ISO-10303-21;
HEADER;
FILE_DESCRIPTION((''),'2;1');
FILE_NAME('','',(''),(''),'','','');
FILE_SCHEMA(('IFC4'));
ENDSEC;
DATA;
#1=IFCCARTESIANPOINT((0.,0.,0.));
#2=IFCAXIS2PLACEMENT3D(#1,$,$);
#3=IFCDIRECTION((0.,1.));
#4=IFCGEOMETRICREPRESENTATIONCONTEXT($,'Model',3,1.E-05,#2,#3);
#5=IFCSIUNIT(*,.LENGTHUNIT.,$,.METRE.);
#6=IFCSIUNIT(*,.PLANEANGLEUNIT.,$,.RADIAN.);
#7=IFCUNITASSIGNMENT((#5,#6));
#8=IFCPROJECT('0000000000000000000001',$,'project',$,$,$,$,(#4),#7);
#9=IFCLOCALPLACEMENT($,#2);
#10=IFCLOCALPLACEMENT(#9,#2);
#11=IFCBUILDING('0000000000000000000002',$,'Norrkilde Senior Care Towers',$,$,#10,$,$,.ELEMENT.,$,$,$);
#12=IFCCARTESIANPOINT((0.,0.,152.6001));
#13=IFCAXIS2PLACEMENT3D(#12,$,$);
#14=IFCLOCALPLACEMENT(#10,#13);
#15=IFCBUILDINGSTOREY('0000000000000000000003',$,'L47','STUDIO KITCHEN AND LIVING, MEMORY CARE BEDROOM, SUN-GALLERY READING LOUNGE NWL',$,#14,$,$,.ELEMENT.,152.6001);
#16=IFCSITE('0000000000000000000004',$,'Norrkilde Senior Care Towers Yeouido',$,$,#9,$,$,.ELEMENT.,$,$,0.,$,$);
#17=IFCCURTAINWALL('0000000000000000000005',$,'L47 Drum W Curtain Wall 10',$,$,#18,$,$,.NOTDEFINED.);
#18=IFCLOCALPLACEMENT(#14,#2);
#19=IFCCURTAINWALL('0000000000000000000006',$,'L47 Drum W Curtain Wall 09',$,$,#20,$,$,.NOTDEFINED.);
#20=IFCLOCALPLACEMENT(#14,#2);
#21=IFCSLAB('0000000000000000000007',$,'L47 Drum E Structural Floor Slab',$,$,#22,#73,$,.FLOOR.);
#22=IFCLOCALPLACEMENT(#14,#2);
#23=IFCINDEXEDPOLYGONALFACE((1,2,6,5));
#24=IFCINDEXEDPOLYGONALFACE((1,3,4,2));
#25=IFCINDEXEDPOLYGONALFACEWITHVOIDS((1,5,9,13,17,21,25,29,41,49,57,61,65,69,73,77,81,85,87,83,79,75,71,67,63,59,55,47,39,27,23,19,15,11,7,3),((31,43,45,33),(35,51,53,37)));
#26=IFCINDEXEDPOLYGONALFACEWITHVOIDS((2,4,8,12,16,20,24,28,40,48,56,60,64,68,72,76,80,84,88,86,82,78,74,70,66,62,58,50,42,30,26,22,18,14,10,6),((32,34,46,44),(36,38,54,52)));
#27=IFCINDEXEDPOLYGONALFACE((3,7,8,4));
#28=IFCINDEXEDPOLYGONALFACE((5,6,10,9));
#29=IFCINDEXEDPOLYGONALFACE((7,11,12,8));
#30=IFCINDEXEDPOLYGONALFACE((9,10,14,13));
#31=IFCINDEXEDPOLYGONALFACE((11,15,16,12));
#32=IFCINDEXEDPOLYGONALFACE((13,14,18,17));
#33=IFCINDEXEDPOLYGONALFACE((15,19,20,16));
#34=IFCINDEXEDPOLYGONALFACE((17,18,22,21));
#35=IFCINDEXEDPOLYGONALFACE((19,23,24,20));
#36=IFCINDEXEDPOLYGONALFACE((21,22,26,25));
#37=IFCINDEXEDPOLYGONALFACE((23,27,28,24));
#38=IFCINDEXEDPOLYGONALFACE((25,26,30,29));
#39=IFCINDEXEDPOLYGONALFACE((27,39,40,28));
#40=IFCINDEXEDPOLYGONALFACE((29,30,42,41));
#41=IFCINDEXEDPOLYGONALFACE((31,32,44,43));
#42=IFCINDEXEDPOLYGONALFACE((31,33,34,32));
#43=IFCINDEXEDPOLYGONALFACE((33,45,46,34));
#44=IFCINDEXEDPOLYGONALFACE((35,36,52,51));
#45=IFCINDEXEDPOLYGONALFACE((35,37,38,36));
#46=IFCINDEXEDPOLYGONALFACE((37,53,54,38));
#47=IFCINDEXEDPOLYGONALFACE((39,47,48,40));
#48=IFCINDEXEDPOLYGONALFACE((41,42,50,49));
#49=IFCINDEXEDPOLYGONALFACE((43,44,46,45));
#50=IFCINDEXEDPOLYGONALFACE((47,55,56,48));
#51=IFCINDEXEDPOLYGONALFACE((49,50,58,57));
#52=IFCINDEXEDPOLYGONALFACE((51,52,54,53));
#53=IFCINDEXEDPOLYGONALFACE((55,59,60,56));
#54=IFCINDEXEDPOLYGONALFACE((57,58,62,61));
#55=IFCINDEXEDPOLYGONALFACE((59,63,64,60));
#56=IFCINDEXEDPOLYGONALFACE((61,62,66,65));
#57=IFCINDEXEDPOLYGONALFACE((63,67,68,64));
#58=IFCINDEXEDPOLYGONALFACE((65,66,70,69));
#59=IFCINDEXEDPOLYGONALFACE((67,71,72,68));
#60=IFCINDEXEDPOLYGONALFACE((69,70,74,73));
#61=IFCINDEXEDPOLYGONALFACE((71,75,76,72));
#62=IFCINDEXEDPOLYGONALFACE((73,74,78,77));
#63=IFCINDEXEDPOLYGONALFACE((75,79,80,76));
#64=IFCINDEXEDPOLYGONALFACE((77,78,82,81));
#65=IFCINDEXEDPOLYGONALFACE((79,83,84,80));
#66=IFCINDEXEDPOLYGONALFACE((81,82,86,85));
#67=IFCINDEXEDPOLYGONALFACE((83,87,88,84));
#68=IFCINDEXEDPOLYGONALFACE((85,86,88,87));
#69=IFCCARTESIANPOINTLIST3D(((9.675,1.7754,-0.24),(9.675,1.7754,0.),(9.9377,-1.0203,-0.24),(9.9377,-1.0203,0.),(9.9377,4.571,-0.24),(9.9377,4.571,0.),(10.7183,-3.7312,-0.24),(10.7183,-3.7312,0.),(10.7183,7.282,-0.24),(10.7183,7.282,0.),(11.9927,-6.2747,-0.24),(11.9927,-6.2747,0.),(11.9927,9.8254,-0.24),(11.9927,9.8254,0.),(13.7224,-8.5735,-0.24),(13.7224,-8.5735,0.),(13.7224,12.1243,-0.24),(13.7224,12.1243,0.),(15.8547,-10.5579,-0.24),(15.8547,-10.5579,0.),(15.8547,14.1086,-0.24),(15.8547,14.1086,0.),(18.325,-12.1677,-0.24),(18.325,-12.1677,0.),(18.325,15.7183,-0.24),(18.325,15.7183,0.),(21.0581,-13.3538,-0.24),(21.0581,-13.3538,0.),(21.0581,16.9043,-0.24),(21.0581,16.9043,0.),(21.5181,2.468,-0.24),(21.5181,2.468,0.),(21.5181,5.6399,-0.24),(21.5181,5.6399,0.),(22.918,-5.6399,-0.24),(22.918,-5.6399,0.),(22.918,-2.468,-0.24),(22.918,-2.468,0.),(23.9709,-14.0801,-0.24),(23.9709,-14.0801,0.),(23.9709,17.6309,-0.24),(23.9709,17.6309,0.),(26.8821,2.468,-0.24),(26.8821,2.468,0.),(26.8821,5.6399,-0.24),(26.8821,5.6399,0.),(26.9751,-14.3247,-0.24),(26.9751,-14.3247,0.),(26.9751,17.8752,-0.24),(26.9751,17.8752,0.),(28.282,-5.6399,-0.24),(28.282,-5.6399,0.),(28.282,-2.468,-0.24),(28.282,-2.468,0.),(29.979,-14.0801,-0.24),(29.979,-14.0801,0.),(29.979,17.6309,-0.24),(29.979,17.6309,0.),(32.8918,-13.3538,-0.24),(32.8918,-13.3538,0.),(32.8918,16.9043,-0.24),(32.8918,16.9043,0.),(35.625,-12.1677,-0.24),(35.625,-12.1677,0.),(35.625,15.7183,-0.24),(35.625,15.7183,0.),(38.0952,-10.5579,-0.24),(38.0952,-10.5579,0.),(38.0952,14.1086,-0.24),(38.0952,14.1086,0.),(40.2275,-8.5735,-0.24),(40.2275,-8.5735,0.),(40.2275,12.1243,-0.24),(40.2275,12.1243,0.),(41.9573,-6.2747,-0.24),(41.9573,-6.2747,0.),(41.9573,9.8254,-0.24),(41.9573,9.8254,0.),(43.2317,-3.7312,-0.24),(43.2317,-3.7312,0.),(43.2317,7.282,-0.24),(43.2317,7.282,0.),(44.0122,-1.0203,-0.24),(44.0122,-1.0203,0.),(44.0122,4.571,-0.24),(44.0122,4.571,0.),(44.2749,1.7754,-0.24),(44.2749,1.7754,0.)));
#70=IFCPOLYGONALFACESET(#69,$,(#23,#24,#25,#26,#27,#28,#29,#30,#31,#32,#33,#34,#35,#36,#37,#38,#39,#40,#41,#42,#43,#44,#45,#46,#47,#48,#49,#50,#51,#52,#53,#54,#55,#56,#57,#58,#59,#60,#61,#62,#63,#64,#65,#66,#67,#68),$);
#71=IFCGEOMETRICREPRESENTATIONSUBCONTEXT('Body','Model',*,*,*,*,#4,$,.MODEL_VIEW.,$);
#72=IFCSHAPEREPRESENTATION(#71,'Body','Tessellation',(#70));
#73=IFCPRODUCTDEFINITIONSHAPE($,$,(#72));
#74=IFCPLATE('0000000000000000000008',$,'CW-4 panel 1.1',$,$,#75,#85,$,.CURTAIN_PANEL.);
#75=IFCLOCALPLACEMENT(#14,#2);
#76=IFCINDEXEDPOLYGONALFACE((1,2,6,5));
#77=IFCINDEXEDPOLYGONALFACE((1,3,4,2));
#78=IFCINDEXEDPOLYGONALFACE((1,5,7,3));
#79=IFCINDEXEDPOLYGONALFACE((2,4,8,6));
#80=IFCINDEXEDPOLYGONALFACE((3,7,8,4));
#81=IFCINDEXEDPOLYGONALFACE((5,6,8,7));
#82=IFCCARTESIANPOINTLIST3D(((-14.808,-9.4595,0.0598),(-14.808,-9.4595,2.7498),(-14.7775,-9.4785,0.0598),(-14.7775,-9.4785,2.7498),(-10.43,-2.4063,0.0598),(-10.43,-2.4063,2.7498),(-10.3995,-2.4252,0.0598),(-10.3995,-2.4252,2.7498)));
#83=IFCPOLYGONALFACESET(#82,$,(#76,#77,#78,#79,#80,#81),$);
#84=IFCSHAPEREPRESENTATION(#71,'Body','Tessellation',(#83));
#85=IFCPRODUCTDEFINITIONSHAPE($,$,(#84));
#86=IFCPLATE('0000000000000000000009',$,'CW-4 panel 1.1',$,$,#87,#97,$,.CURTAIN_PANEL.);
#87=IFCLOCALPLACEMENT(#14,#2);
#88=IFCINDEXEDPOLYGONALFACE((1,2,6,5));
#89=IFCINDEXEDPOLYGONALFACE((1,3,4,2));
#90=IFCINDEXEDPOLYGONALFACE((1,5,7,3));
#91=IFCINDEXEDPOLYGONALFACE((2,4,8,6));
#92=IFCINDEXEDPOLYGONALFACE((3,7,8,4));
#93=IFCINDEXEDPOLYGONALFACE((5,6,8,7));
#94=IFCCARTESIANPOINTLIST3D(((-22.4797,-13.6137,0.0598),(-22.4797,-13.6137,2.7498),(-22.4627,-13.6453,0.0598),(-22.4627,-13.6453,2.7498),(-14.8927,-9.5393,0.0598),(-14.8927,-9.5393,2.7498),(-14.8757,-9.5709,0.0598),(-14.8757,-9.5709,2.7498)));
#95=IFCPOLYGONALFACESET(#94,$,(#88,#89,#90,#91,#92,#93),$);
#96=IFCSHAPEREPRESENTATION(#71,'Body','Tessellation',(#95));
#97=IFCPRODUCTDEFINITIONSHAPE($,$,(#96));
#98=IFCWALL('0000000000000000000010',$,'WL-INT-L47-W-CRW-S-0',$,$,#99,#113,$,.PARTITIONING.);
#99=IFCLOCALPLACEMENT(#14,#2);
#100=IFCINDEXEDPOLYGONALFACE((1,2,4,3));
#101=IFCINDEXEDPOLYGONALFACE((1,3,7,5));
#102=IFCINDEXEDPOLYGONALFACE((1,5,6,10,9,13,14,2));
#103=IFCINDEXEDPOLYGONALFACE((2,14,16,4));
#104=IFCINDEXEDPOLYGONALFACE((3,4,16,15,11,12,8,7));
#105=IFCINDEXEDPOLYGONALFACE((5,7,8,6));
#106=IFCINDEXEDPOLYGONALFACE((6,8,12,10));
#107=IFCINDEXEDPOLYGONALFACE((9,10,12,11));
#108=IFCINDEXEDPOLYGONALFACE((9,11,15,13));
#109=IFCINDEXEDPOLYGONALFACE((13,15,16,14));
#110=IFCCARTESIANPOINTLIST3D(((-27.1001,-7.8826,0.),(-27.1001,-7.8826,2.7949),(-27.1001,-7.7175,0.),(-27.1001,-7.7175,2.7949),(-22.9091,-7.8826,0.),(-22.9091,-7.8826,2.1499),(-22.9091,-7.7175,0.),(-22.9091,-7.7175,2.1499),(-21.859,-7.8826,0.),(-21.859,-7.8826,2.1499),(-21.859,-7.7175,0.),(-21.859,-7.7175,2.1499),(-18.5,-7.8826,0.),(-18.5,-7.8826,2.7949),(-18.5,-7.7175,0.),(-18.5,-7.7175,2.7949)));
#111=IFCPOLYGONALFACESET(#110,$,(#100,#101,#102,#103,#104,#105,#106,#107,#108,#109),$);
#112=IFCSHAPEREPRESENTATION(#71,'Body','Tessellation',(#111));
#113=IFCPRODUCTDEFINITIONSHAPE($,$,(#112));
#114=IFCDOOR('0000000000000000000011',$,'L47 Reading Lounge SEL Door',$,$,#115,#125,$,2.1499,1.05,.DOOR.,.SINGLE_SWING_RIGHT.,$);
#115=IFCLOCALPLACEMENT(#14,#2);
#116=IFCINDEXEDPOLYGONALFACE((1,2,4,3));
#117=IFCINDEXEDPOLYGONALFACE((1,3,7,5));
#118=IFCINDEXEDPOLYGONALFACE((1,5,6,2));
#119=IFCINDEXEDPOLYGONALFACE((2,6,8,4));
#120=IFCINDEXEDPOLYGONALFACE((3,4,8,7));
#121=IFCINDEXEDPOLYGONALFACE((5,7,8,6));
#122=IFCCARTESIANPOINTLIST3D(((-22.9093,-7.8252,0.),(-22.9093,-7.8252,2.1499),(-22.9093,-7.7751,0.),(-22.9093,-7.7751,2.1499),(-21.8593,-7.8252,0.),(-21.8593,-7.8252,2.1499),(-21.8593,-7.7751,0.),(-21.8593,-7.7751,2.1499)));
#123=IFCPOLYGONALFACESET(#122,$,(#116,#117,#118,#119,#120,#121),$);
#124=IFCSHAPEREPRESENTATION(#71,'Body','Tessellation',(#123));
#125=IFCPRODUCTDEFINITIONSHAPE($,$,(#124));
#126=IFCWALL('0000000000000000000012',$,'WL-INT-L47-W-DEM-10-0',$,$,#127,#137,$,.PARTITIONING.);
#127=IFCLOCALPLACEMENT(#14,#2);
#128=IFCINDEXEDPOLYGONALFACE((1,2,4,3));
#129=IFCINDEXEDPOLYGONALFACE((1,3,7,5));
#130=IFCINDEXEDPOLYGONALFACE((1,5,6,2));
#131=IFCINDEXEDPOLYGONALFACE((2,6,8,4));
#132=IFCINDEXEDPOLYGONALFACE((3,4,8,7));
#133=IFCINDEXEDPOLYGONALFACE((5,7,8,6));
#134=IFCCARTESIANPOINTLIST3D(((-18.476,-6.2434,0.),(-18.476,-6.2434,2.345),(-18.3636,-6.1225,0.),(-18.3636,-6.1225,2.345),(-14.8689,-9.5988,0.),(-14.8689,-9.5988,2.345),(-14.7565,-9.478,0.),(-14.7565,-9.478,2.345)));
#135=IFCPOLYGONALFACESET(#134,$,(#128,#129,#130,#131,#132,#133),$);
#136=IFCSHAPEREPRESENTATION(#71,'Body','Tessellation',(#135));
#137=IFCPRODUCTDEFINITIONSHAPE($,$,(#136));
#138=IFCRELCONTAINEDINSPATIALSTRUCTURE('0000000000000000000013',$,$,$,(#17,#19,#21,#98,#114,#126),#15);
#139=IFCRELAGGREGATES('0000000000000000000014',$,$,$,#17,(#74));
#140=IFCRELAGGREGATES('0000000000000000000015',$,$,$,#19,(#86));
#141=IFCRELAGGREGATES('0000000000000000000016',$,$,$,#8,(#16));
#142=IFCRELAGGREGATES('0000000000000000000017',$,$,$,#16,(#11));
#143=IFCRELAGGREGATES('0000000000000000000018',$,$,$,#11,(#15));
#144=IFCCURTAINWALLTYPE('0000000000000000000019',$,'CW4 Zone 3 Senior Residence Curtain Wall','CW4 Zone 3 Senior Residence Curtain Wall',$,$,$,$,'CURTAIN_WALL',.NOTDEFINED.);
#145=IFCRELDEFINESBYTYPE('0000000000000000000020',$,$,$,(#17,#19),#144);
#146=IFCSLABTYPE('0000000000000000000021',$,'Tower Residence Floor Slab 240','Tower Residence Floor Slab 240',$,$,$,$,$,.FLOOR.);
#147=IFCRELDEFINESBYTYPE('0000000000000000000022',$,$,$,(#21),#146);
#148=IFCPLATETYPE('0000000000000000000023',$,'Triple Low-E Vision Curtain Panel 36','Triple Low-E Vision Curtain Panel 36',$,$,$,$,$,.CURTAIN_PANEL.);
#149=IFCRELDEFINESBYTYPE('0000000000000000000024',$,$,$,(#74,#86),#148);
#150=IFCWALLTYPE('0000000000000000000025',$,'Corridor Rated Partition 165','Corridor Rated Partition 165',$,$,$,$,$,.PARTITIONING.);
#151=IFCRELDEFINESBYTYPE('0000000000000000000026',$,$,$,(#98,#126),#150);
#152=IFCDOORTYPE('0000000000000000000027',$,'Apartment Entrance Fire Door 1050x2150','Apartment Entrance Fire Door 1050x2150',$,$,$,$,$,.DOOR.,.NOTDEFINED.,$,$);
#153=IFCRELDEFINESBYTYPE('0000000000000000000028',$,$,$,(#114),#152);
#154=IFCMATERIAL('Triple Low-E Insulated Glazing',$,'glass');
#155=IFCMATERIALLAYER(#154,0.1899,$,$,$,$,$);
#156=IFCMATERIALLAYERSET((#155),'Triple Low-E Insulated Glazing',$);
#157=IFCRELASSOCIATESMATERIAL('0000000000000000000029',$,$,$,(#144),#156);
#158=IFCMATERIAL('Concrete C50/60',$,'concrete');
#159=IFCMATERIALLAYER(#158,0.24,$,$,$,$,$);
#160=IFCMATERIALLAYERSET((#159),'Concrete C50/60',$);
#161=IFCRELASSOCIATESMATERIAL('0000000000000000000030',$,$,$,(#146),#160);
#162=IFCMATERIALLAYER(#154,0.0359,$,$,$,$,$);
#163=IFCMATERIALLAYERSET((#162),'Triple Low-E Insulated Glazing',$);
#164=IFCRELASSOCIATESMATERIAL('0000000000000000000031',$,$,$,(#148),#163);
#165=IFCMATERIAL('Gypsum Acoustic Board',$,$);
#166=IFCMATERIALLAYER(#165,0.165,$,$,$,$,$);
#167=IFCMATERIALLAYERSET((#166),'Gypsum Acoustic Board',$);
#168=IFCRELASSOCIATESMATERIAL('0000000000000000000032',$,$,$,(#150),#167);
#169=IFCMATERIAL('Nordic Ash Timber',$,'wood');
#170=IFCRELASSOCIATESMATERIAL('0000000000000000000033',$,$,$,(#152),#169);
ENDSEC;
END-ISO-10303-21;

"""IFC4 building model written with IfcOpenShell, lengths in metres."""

from ifc_helpers import new_model, si_unit, direction, frame, frame_2d, origin, origin_2d, place, context, subcontext, project, spatial, polyline, rectangle, outline, extrude, source, transform, mapped, material, layer, layer_set, type_object, type_shapes, element, fill, aggregate, save


model = new_model("IFC4")

# Units and contexts
model_context = context("Model", 3, precision=1e-05, world=origin(), true_north=direction((0.0, 1.0)))
body_context = subcontext(model_context, "Body", "Model", "MODEL_VIEW")
ifc_project = project(units=[si_unit("LENGTHUNIT", "METRE"), si_unit("PLANEANGLEUNIT", "RADIAN")], contexts=[model_context])

# Site, building, storey
site_placement = place(None, origin())
site = spatial("IfcSite", under=ifc_project, at=site_placement, Name="Norrkilde Senior Care Towers Yeouido", CompositionType="ELEMENT", RefElevation=0.0)
building_placement = place(site_placement, origin())
building = spatial("IfcBuilding", under=site, at=building_placement, Name="Norrkilde Senior Care Towers", CompositionType="ELEMENT")
storey_placement = place(building_placement, frame((0.0, 0.0, 152.6001)))
storey = spatial("IfcBuildingStorey", under=building, at=storey_placement, Name="L47", Description="STUDIO KITCHEN AND LIVING, MEMORY CARE BEDROOM, SUN-GALLERY READING LOUNGE NWL", CompositionType="ELEMENT", Elevation=152.6001)

# Shared definitions
ifc_material_1 = material(Name="Concrete C50/60", Category="concrete")

# Curtain walls
ifc_material_2 = material(Name="Triple Low-E Insulated Glazing", Category="glass")
ifc_layer_1 = layer(ifc_material_2, 0.1899)
ifc_layer_set_1 = layer_set([ifc_layer_1], Name="Triple Low-E Insulated Glazing")
curtain_wall_type = type_object("IfcCurtainWallType", Name="CW4 Zone 3 Senior Residence Curtain Wall", Description="CW4 Zone 3 Senior Residence Curtain Wall", ElementType="CURTAIN_WALL", PredefinedType="NOTDEFINED", material=ifc_layer_set_1)
curtain_wall_1_placement = place(storey_placement, origin())
curtain_wall_1 = element("IfcCurtainWall", 1, at=curtain_wall_1_placement, inside=storey, type_object=curtain_wall_type, Name="L47 Drum W Curtain Wall 10", PredefinedType="NOTDEFINED")
curtain_wall_2_placement = place(storey_placement, origin())
curtain_wall_2 = element("IfcCurtainWall", 2, at=curtain_wall_2_placement, inside=storey, type_object=curtain_wall_type, Name="L47 Drum W Curtain Wall 09", PredefinedType="NOTDEFINED")

# Slab
ifc_layer_2 = layer(ifc_material_1, 0.24)
ifc_layer_set_2 = layer_set([ifc_layer_2], Name="Concrete C50/60")
slab_type_1 = type_object("IfcSlabType", Name="Tower Residence Floor Slab 240", Description="Tower Residence Floor Slab 240", PredefinedType="FLOOR", material=ifc_layer_set_2)
slab_1_placement = place(storey_placement, frame((0.0, 0.0, -0.24)))
element("IfcSlab", 3, at=slab_1_placement, inside=storey, type_object=slab_type_1, Name="L47 Drum E Structural Floor Slab", PredefinedType="FLOOR", context=body_context, shape_type="SweptSolid", body=[
    extrude(outline(polyline([(43.2317, -3.7312), (41.9573, -6.2747), (40.2275, -8.5735), (38.0952, -10.5579), (35.625, -12.1677), (32.8918, -13.3538), (29.979, -14.0801), (26.9751, -14.3247), (23.9709, -14.0801), (21.0581, -13.3538), (18.325, -12.1677), (15.8547, -10.5579), (13.7224, -8.5735), (11.9927, -6.2747), (10.7183, -3.7312), (9.9377, -1.0203), (9.675, 1.7754), (9.9377, 4.571), (10.7183, 7.282), (11.9927, 9.8254), (13.7224, 12.1243), (15.8547, 14.1086), (18.325, 15.7183), (21.0581, 16.9043), (23.9709, 17.6309), (26.9751, 17.8752), (29.979, 17.6309), (32.8918, 16.9043), (35.625, 15.7183), (38.0952, 14.1086), (40.2275, 12.1243), (41.9573, 9.8254), (43.2317, 7.282), (44.0122, 4.571), (44.2749, 1.7754), (44.0122, -1.0203), (43.2317, -3.7312)]), holes=[polyline([(21.5181, 2.468), (26.8821, 2.468), (26.8821, 5.6399), (21.5181, 5.6399), (21.5181, 2.468)]), polyline([(28.282, -5.6399), (28.282, -2.468), (22.918, -2.468), (22.918, -5.6399), (28.282, -5.6399)])]), origin(), (0.0, 0.0, 1.0), 0.24),
])

# Plates
ifc_layer_3 = layer(ifc_material_2, 0.0359)
ifc_layer_set_3 = layer_set([ifc_layer_3], Name="Triple Low-E Insulated Glazing")
plate_type = type_object("IfcPlateType", Name="Triple Low-E Vision Curtain Panel 36", Description="Triple Low-E Vision Curtain Panel 36", PredefinedType="CURTAIN_PANEL", material=ifc_layer_set_3)
shared_shape_1 = source(origin(), body_context, "Body", "SweptSolid", [
    extrude(rectangle(XDim=8.3015, YDim=0.0359, at=origin_2d()), origin(), (0.0, 0.0, 1.0), 2.6899),
])
plate_1_placement = place(storey_placement, frame((-12.6038, -5.9424, 0.0598), z_axis=(0.0, 0.0, 1.0), x_axis=(-0.527373, -0.849634, 0.0)))
plate_1 = element("IfcPlate", 4, at=plate_1_placement, type_object=plate_type, Name="CW-4 panel 1.1", PredefinedType="CURTAIN_PANEL", context=body_context, shape_type="MappedRepresentation", body=[
    mapped(shared_shape_1, transform((0.0, 0.0, 0.0), x_axis=(1.0, 0.0, 0.0), y_axis=(0.0, 1.0, 0.0), z_axis=(0.0, 0.0, 1.0), scale=1.0)),
])
aggregate(curtain_wall_1, [plate_1])
shared_shape_2 = source(origin(), body_context, "Body", "SweptSolid", [
    extrude(rectangle(XDim=8.6118, YDim=0.0359, at=origin_2d()), origin(), (0.0, 0.0, 1.0), 2.6899),
])
type_shapes(plate_type, [shared_shape_1, shared_shape_2])
plate_2_placement = place(storey_placement, frame((-18.6777, -11.5923, 0.0598), z_axis=(0.0, 0.0, 1.0), x_axis=(-0.881, -0.473117, 0.0)))
plate_2 = element("IfcPlate", 5, at=plate_2_placement, type_object=plate_type, Name="CW-4 panel 1.1", PredefinedType="CURTAIN_PANEL", context=body_context, shape_type="MappedRepresentation", body=[
    mapped(shared_shape_2, transform((0.0, 0.0, 0.0), x_axis=(1.0, 0.0, 0.0), y_axis=(0.0, 1.0, 0.0), z_axis=(0.0, 0.0, 1.0), scale=1.0)),
])
aggregate(curtain_wall_2, [plate_2])

# Wall, opening, door
ifc_material_3 = material(Name="Gypsum Acoustic Board")
ifc_layer_4 = layer(ifc_material_3, 0.165)
ifc_layer_set_4 = layer_set([ifc_layer_4], Name="Gypsum Acoustic Board")
wall_type = type_object("IfcWallType", Name="Corridor Rated Partition 165", Description="Corridor Rated Partition 165", PredefinedType="PARTITIONING", material=ifc_layer_set_4)
shared_shape_3 = source(origin(), body_context, "Body", "SweptSolid", [
    extrude(rectangle(XDim=8.6001, YDim=0.165, at=frame_2d((4.3, 0.0))), origin(), (0.0, 0.0, 1.0), 2.7949),
])
wall_1_placement = place(storey_placement, frame((-18.5, -7.8, 0.0), z_axis=(0.0, 0.0, 1.0), x_axis=(-1.0, 0.0, 0.0)))
wall_1 = element("IfcWall", 6, at=wall_1_placement, inside=storey, type_object=wall_type, Name="WL-INT-L47-W-CRW-S-0", PredefinedType="PARTITIONING", context=body_context, shape_type="MappedRepresentation", body=[
    mapped(shared_shape_3, transform((0.0, 0.0, 0.0), x_axis=(1.0, 0.0, 0.0), y_axis=(0.0, 1.0, 0.0), z_axis=(0.0, 0.0, 1.0), scale=1.0)),
])
opening_placement = place(wall_1_placement, frame((3.3591, 0.0, 0.0)))
opening = element("IfcOpeningElement", 7, at=opening_placement, cuts=wall_1, PredefinedType="OPENING", context=body_context, shape_type="SweptSolid", body=[
    extrude(rectangle(XDim=1.05, YDim=2.1499, at=frame_2d((0.5249, 1.075))), frame((0.0, 0.0925, 0.0), z_axis=(0.0, -1.0, 0.0), x_axis=(1.0, 0.0, 0.0)), (0.0, 0.0, 1.0), 0.1851),
])
ifc_material_4 = material(Name="Nordic Ash Timber", Category="wood")
door_type = type_object("IfcDoorType", Name="Apartment Entrance Fire Door 1050x2150", Description="Apartment Entrance Fire Door 1050x2150", OperationType="NOTDEFINED", PredefinedType="DOOR", material=ifc_material_4)
shared_shape_4 = source(origin(), body_context, "Body", "SweptSolid", [
    extrude(rectangle(XDim=1.05, YDim=2.1499, at=frame_2d((0.5249, 1.075))), frame((0.0, 0.0249, 0.0), z_axis=(0.0, -1.0, 0.0), x_axis=(1.0, 0.0, 0.0)), (0.0, 0.0, 1.0), 0.05),
])
type_shapes(door_type, [shared_shape_4])
door_placement = place(opening_placement, frame((1.05, 0.0, 0.0), z_axis=(0.0, 0.0, 1.0), x_axis=(-1.0, 0.0, 0.0)))
door = element("IfcDoor", 8, at=door_placement, inside=storey, type_object=door_type, Name="L47 Reading Lounge SEL Door", OperationType="SINGLE_SWING_RIGHT", OverallHeight=2.1499, OverallWidth=1.05, PredefinedType="DOOR", context=body_context, shape_type="MappedRepresentation", body=[
    mapped(shared_shape_4, transform((0.0, 0.0, 0.0), x_axis=(1.0, 0.0, 0.0), y_axis=(0.0, 1.0, 0.0), z_axis=(0.0, 0.0, 1.0), scale=1.0)),
])
fill(opening, door)

# Wall
shared_shape_5 = source(origin(), body_context, "Body", "SweptSolid", [
    extrude(rectangle(XDim=4.9265, YDim=0.165, at=frame_2d((2.4634, 0.0))), origin(), (0.0, 0.0, 1.0), 2.345),
])
type_shapes(wall_type, [shared_shape_3, shared_shape_5])
wall_2_placement = place(storey_placement, frame((-18.4199, -6.1829, 0.0), z_axis=(0.0, 0.0, 1.0), x_axis=(0.732191, -0.681099, 0.0)))
element("IfcWall", 9, at=wall_2_placement, inside=storey, type_object=wall_type, Name="WL-INT-L47-W-DEM-10-0", PredefinedType="PARTITIONING", context=body_context, shape_type="MappedRepresentation", body=[
    mapped(shared_shape_5, transform((0.0, 0.0, 0.0), x_axis=(1.0, 0.0, 0.0), y_axis=(0.0, 1.0, 0.0), z_axis=(0.0, 0.0, 1.0), scale=1.0)),
])

save(model, "model.ifc")
